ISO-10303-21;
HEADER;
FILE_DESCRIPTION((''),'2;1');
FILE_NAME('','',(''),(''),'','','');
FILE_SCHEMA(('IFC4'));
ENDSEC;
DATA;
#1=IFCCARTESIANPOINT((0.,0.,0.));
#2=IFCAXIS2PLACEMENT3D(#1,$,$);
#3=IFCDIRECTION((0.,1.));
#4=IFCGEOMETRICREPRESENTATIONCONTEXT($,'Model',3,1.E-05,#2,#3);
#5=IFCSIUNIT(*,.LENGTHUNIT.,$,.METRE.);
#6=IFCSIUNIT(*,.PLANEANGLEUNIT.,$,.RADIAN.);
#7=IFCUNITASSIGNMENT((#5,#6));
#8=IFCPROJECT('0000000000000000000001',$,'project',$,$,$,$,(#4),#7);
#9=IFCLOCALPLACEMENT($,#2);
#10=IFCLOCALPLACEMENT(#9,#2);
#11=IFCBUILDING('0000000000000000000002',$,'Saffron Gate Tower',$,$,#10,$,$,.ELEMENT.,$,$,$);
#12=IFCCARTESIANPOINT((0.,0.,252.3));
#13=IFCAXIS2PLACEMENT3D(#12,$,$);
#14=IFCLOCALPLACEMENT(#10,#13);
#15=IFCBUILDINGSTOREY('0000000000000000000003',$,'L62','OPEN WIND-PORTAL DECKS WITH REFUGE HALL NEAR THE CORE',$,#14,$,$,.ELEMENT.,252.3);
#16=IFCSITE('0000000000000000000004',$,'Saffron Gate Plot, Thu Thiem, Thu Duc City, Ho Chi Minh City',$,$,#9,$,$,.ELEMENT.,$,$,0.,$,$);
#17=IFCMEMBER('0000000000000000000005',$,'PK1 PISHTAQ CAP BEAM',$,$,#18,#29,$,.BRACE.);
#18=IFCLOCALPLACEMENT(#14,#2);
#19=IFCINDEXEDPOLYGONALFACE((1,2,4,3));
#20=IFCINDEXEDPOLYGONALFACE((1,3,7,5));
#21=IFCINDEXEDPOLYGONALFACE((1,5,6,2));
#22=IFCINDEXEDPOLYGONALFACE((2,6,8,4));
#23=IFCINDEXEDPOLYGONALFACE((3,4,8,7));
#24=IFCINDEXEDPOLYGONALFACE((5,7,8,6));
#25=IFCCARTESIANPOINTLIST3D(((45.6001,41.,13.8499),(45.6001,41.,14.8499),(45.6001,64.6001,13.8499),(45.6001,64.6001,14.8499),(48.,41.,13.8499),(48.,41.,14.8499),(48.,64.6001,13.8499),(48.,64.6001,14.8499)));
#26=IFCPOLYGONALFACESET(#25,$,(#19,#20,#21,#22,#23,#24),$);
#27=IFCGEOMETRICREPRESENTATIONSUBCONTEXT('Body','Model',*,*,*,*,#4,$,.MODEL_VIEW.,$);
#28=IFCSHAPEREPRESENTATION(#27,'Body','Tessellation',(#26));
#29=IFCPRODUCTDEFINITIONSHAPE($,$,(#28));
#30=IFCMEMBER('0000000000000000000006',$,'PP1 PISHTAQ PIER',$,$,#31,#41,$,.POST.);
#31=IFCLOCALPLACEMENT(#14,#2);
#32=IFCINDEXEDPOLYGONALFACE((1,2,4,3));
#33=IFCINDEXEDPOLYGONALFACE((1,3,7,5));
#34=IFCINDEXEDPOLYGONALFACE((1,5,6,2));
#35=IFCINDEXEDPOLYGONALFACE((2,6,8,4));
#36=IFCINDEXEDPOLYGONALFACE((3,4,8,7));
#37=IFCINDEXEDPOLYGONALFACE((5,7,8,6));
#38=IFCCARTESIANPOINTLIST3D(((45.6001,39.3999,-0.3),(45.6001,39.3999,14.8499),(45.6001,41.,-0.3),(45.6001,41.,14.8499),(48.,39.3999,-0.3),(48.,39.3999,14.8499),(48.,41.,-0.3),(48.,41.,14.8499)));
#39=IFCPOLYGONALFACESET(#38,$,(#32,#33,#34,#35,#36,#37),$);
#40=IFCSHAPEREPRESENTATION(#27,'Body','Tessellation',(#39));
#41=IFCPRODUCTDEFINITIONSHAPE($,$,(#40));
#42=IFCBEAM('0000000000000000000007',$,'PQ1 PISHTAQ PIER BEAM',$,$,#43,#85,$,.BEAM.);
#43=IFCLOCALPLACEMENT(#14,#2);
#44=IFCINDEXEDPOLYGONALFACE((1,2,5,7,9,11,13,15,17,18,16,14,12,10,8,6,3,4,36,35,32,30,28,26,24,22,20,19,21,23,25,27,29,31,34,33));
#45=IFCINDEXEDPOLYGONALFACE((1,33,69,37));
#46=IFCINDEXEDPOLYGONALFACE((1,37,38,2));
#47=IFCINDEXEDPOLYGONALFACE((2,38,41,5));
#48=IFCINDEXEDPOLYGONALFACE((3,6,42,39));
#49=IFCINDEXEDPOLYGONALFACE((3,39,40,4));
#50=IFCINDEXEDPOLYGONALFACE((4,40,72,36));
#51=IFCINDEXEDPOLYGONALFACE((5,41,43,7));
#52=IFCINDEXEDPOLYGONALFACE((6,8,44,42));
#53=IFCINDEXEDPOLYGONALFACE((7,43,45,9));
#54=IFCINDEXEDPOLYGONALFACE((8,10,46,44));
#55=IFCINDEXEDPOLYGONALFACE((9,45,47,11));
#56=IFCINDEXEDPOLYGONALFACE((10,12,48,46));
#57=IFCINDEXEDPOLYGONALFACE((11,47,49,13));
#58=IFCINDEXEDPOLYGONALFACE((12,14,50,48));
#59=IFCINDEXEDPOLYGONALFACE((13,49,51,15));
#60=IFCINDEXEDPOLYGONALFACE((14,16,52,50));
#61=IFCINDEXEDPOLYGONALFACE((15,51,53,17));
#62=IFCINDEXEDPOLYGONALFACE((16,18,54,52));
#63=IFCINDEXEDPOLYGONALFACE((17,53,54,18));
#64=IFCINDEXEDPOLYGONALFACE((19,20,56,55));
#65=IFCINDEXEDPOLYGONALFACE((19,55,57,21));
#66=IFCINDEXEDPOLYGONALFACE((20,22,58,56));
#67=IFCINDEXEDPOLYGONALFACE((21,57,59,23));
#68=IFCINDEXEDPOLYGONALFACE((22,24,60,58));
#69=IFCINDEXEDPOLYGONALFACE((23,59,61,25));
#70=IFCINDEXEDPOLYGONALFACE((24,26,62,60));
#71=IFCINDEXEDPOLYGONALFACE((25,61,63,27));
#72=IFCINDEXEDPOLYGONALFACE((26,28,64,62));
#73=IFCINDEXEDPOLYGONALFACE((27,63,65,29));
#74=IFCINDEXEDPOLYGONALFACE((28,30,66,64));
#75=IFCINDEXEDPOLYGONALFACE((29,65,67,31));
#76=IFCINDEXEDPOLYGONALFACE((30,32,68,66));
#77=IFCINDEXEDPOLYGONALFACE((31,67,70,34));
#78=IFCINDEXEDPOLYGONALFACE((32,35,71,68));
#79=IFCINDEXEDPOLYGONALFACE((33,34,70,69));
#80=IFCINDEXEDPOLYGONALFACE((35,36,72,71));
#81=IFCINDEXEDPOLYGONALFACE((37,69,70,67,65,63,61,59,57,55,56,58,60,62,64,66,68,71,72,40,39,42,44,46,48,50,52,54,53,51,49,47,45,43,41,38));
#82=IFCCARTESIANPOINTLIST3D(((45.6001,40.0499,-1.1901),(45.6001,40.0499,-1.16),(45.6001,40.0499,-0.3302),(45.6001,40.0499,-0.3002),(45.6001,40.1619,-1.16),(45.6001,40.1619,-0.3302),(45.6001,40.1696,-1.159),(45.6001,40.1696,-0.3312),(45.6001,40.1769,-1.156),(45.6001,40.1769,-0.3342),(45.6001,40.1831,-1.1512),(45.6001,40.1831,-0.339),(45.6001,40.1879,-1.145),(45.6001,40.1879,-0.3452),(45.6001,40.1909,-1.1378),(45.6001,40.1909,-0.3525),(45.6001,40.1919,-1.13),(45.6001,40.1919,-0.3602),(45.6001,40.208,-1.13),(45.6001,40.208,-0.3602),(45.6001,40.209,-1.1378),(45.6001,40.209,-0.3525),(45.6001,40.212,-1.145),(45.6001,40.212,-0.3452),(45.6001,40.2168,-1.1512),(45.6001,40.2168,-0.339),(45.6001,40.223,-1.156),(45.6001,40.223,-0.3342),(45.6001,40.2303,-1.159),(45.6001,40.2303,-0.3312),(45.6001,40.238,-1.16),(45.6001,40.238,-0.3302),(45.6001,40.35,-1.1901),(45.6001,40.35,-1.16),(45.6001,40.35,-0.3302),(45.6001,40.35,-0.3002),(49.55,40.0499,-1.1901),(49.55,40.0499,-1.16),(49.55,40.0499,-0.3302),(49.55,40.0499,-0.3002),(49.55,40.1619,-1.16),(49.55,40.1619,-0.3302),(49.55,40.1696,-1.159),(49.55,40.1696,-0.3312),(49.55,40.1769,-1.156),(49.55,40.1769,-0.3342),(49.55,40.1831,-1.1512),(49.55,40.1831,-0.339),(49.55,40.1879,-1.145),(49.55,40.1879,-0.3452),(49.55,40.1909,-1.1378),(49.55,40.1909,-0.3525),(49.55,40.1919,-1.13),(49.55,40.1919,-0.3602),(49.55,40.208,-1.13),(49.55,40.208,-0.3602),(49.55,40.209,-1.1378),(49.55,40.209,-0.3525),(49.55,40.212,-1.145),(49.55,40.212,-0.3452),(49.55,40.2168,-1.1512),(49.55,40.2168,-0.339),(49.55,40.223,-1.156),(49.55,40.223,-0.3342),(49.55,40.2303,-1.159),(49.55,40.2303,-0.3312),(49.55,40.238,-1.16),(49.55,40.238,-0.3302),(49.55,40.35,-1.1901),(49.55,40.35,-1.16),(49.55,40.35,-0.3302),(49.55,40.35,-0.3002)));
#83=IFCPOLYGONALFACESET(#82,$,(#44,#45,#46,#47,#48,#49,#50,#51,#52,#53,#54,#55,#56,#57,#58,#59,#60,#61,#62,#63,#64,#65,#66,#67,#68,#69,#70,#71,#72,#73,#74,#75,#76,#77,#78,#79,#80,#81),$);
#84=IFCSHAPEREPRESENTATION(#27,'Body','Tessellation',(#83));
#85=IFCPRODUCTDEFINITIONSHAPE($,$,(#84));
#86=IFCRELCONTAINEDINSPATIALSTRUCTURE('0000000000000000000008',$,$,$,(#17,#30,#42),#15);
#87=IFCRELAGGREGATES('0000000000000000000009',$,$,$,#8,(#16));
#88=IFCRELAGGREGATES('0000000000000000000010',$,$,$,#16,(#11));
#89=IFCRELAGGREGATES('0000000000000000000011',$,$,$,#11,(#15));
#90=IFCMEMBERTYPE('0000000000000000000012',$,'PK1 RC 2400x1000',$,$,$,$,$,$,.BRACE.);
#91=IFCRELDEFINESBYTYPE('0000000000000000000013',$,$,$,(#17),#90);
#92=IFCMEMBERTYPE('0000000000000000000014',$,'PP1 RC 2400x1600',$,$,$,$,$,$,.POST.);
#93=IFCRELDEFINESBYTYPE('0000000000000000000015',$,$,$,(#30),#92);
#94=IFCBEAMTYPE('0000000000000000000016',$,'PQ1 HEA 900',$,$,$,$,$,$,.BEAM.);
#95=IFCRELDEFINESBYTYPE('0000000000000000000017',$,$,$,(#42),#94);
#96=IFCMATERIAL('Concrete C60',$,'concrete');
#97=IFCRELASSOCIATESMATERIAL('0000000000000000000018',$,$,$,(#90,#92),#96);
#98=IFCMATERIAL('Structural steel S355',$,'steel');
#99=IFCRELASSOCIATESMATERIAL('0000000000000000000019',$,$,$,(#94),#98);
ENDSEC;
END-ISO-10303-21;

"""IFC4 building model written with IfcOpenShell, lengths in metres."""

from ifc_helpers import new_model, si_unit, direction, frame, origin, origin_2d, place, context, subcontext, project, spatial, rectangle, i_section, extrude, material, material_profile, profile_set, type_object, element, save


model = new_model("IFC4")

# Units and contexts
model_context = context("Model", 3, precision=1e-05, world=origin(), true_north=direction((0.0, 1.0)))
body_context = subcontext(model_context, "Body", "Model", "MODEL_VIEW")
ifc_project = project(units=[si_unit("LENGTHUNIT", "METRE"), si_unit("PLANEANGLEUNIT", "RADIAN")], contexts=[model_context])

# Site, building, storey
site_placement = place(None, origin())
site = spatial("IfcSite", under=ifc_project, at=site_placement, Name="Saffron Gate Plot, Thu Thiem, Thu Duc City, Ho Chi Minh City", CompositionType="ELEMENT", RefElevation=0.0)
building_placement = place(site_placement, origin())
building = spatial("IfcBuilding", under=site, at=building_placement, Name="Saffron Gate Tower", CompositionType="ELEMENT")
storey_placement = place(building_placement, frame((0.0, 0.0, 252.3)))
storey = spatial("IfcBuildingStorey", under=building, at=storey_placement, Name="L62", Description="OPEN WIND-PORTAL DECKS WITH REFUGE HALL NEAR THE CORE", CompositionType="ELEMENT", Elevation=252.3)

# Members
ifc_material_1 = material(Name="Concrete C60", Category="concrete")
ifc_material_profile_1 = material_profile(ifc_material_1, rectangle(XDim=2.3999, YDim=1.0, at=origin_2d()))
ifc_profile_set_1 = profile_set([ifc_material_profile_1], Name="Concrete C60")
member_type_1 = type_object("IfcMemberType", Name="PK1 RC 2400x1000", PredefinedType="BRACE", material=ifc_profile_set_1)
member_1_placement = place(storey_placement, frame((46.8, 41.0, 14.3499), z_axis=(0.0, 1.0, 0.0), x_axis=(-1.0, 0.0, 0.0)))
element("IfcMember", 1, at=member_1_placement, inside=storey, type_object=member_type_1, Name="PK1 PISHTAQ CAP BEAM", PredefinedType="BRACE", context=body_context, shape_type="SweptSolid", body=[
    extrude(rectangle(XDim=2.3999, YDim=1.0, at=origin_2d()), origin(), (0.0, 0.0, 1.0), 23.6001),
])
ifc_material_profile_2 = material_profile(ifc_material_1, rectangle(XDim=2.3999, YDim=1.6001, at=origin_2d()))
ifc_profile_set_2 = profile_set([ifc_material_profile_2], Name="Concrete C60")
member_type_2 = type_object("IfcMemberType", Name="PP1 RC 2400x1600", PredefinedType="POST", material=ifc_profile_set_2)
member_2_placement = place(storey_placement, frame((46.8, 40.2, -0.3), z_axis=(0.0, 0.0, 1.0), x_axis=(1.0, 0.0, 0.0)))
element("IfcMember", 2, at=member_2_placement, inside=storey, type_object=member_type_2, Name="PP1 PISHTAQ PIER", PredefinedType="POST", context=body_context, shape_type="SweptSolid", body=[
    extrude(rectangle(XDim=2.3999, YDim=1.6001, at=origin_2d()), origin(), (0.0, 0.0, 1.0), 15.1499),
])

# Beam
ifc_material_2 = material(Name="Structural steel S355", Category="steel")
ifc_material_profile_3 = material_profile(ifc_material_2, i_section(OverallWidth=0.3, OverallDepth=0.8899, WebThickness=0.0161, FlangeThickness=0.03, FilletRadius=0.03, at=origin_2d()))
ifc_profile_set_3 = profile_set([ifc_material_profile_3], Name="Structural steel S355")
beam_type = type_object("IfcBeamType", Name="PQ1 HEA 900", PredefinedType="BEAM", material=ifc_profile_set_3)
beam_placement = place(storey_placement, frame((45.6001, 40.2, -0.7451), z_axis=(1.0, 0.0, 0.0), x_axis=(0.0, 1.0, 0.0)))
element("IfcBeam", 3, at=beam_placement, inside=storey, type_object=beam_type, Name="PQ1 PISHTAQ PIER BEAM", PredefinedType="BEAM", context=body_context, shape_type="SweptSolid", body=[
    extrude(i_section(OverallWidth=0.3, OverallDepth=0.8899, WebThickness=0.0161, FlangeThickness=0.03, FilletRadius=0.03, at=origin_2d()), origin(), (0.0, 0.0, 1.0), 3.95),
])

save(model, "model.ifc")
